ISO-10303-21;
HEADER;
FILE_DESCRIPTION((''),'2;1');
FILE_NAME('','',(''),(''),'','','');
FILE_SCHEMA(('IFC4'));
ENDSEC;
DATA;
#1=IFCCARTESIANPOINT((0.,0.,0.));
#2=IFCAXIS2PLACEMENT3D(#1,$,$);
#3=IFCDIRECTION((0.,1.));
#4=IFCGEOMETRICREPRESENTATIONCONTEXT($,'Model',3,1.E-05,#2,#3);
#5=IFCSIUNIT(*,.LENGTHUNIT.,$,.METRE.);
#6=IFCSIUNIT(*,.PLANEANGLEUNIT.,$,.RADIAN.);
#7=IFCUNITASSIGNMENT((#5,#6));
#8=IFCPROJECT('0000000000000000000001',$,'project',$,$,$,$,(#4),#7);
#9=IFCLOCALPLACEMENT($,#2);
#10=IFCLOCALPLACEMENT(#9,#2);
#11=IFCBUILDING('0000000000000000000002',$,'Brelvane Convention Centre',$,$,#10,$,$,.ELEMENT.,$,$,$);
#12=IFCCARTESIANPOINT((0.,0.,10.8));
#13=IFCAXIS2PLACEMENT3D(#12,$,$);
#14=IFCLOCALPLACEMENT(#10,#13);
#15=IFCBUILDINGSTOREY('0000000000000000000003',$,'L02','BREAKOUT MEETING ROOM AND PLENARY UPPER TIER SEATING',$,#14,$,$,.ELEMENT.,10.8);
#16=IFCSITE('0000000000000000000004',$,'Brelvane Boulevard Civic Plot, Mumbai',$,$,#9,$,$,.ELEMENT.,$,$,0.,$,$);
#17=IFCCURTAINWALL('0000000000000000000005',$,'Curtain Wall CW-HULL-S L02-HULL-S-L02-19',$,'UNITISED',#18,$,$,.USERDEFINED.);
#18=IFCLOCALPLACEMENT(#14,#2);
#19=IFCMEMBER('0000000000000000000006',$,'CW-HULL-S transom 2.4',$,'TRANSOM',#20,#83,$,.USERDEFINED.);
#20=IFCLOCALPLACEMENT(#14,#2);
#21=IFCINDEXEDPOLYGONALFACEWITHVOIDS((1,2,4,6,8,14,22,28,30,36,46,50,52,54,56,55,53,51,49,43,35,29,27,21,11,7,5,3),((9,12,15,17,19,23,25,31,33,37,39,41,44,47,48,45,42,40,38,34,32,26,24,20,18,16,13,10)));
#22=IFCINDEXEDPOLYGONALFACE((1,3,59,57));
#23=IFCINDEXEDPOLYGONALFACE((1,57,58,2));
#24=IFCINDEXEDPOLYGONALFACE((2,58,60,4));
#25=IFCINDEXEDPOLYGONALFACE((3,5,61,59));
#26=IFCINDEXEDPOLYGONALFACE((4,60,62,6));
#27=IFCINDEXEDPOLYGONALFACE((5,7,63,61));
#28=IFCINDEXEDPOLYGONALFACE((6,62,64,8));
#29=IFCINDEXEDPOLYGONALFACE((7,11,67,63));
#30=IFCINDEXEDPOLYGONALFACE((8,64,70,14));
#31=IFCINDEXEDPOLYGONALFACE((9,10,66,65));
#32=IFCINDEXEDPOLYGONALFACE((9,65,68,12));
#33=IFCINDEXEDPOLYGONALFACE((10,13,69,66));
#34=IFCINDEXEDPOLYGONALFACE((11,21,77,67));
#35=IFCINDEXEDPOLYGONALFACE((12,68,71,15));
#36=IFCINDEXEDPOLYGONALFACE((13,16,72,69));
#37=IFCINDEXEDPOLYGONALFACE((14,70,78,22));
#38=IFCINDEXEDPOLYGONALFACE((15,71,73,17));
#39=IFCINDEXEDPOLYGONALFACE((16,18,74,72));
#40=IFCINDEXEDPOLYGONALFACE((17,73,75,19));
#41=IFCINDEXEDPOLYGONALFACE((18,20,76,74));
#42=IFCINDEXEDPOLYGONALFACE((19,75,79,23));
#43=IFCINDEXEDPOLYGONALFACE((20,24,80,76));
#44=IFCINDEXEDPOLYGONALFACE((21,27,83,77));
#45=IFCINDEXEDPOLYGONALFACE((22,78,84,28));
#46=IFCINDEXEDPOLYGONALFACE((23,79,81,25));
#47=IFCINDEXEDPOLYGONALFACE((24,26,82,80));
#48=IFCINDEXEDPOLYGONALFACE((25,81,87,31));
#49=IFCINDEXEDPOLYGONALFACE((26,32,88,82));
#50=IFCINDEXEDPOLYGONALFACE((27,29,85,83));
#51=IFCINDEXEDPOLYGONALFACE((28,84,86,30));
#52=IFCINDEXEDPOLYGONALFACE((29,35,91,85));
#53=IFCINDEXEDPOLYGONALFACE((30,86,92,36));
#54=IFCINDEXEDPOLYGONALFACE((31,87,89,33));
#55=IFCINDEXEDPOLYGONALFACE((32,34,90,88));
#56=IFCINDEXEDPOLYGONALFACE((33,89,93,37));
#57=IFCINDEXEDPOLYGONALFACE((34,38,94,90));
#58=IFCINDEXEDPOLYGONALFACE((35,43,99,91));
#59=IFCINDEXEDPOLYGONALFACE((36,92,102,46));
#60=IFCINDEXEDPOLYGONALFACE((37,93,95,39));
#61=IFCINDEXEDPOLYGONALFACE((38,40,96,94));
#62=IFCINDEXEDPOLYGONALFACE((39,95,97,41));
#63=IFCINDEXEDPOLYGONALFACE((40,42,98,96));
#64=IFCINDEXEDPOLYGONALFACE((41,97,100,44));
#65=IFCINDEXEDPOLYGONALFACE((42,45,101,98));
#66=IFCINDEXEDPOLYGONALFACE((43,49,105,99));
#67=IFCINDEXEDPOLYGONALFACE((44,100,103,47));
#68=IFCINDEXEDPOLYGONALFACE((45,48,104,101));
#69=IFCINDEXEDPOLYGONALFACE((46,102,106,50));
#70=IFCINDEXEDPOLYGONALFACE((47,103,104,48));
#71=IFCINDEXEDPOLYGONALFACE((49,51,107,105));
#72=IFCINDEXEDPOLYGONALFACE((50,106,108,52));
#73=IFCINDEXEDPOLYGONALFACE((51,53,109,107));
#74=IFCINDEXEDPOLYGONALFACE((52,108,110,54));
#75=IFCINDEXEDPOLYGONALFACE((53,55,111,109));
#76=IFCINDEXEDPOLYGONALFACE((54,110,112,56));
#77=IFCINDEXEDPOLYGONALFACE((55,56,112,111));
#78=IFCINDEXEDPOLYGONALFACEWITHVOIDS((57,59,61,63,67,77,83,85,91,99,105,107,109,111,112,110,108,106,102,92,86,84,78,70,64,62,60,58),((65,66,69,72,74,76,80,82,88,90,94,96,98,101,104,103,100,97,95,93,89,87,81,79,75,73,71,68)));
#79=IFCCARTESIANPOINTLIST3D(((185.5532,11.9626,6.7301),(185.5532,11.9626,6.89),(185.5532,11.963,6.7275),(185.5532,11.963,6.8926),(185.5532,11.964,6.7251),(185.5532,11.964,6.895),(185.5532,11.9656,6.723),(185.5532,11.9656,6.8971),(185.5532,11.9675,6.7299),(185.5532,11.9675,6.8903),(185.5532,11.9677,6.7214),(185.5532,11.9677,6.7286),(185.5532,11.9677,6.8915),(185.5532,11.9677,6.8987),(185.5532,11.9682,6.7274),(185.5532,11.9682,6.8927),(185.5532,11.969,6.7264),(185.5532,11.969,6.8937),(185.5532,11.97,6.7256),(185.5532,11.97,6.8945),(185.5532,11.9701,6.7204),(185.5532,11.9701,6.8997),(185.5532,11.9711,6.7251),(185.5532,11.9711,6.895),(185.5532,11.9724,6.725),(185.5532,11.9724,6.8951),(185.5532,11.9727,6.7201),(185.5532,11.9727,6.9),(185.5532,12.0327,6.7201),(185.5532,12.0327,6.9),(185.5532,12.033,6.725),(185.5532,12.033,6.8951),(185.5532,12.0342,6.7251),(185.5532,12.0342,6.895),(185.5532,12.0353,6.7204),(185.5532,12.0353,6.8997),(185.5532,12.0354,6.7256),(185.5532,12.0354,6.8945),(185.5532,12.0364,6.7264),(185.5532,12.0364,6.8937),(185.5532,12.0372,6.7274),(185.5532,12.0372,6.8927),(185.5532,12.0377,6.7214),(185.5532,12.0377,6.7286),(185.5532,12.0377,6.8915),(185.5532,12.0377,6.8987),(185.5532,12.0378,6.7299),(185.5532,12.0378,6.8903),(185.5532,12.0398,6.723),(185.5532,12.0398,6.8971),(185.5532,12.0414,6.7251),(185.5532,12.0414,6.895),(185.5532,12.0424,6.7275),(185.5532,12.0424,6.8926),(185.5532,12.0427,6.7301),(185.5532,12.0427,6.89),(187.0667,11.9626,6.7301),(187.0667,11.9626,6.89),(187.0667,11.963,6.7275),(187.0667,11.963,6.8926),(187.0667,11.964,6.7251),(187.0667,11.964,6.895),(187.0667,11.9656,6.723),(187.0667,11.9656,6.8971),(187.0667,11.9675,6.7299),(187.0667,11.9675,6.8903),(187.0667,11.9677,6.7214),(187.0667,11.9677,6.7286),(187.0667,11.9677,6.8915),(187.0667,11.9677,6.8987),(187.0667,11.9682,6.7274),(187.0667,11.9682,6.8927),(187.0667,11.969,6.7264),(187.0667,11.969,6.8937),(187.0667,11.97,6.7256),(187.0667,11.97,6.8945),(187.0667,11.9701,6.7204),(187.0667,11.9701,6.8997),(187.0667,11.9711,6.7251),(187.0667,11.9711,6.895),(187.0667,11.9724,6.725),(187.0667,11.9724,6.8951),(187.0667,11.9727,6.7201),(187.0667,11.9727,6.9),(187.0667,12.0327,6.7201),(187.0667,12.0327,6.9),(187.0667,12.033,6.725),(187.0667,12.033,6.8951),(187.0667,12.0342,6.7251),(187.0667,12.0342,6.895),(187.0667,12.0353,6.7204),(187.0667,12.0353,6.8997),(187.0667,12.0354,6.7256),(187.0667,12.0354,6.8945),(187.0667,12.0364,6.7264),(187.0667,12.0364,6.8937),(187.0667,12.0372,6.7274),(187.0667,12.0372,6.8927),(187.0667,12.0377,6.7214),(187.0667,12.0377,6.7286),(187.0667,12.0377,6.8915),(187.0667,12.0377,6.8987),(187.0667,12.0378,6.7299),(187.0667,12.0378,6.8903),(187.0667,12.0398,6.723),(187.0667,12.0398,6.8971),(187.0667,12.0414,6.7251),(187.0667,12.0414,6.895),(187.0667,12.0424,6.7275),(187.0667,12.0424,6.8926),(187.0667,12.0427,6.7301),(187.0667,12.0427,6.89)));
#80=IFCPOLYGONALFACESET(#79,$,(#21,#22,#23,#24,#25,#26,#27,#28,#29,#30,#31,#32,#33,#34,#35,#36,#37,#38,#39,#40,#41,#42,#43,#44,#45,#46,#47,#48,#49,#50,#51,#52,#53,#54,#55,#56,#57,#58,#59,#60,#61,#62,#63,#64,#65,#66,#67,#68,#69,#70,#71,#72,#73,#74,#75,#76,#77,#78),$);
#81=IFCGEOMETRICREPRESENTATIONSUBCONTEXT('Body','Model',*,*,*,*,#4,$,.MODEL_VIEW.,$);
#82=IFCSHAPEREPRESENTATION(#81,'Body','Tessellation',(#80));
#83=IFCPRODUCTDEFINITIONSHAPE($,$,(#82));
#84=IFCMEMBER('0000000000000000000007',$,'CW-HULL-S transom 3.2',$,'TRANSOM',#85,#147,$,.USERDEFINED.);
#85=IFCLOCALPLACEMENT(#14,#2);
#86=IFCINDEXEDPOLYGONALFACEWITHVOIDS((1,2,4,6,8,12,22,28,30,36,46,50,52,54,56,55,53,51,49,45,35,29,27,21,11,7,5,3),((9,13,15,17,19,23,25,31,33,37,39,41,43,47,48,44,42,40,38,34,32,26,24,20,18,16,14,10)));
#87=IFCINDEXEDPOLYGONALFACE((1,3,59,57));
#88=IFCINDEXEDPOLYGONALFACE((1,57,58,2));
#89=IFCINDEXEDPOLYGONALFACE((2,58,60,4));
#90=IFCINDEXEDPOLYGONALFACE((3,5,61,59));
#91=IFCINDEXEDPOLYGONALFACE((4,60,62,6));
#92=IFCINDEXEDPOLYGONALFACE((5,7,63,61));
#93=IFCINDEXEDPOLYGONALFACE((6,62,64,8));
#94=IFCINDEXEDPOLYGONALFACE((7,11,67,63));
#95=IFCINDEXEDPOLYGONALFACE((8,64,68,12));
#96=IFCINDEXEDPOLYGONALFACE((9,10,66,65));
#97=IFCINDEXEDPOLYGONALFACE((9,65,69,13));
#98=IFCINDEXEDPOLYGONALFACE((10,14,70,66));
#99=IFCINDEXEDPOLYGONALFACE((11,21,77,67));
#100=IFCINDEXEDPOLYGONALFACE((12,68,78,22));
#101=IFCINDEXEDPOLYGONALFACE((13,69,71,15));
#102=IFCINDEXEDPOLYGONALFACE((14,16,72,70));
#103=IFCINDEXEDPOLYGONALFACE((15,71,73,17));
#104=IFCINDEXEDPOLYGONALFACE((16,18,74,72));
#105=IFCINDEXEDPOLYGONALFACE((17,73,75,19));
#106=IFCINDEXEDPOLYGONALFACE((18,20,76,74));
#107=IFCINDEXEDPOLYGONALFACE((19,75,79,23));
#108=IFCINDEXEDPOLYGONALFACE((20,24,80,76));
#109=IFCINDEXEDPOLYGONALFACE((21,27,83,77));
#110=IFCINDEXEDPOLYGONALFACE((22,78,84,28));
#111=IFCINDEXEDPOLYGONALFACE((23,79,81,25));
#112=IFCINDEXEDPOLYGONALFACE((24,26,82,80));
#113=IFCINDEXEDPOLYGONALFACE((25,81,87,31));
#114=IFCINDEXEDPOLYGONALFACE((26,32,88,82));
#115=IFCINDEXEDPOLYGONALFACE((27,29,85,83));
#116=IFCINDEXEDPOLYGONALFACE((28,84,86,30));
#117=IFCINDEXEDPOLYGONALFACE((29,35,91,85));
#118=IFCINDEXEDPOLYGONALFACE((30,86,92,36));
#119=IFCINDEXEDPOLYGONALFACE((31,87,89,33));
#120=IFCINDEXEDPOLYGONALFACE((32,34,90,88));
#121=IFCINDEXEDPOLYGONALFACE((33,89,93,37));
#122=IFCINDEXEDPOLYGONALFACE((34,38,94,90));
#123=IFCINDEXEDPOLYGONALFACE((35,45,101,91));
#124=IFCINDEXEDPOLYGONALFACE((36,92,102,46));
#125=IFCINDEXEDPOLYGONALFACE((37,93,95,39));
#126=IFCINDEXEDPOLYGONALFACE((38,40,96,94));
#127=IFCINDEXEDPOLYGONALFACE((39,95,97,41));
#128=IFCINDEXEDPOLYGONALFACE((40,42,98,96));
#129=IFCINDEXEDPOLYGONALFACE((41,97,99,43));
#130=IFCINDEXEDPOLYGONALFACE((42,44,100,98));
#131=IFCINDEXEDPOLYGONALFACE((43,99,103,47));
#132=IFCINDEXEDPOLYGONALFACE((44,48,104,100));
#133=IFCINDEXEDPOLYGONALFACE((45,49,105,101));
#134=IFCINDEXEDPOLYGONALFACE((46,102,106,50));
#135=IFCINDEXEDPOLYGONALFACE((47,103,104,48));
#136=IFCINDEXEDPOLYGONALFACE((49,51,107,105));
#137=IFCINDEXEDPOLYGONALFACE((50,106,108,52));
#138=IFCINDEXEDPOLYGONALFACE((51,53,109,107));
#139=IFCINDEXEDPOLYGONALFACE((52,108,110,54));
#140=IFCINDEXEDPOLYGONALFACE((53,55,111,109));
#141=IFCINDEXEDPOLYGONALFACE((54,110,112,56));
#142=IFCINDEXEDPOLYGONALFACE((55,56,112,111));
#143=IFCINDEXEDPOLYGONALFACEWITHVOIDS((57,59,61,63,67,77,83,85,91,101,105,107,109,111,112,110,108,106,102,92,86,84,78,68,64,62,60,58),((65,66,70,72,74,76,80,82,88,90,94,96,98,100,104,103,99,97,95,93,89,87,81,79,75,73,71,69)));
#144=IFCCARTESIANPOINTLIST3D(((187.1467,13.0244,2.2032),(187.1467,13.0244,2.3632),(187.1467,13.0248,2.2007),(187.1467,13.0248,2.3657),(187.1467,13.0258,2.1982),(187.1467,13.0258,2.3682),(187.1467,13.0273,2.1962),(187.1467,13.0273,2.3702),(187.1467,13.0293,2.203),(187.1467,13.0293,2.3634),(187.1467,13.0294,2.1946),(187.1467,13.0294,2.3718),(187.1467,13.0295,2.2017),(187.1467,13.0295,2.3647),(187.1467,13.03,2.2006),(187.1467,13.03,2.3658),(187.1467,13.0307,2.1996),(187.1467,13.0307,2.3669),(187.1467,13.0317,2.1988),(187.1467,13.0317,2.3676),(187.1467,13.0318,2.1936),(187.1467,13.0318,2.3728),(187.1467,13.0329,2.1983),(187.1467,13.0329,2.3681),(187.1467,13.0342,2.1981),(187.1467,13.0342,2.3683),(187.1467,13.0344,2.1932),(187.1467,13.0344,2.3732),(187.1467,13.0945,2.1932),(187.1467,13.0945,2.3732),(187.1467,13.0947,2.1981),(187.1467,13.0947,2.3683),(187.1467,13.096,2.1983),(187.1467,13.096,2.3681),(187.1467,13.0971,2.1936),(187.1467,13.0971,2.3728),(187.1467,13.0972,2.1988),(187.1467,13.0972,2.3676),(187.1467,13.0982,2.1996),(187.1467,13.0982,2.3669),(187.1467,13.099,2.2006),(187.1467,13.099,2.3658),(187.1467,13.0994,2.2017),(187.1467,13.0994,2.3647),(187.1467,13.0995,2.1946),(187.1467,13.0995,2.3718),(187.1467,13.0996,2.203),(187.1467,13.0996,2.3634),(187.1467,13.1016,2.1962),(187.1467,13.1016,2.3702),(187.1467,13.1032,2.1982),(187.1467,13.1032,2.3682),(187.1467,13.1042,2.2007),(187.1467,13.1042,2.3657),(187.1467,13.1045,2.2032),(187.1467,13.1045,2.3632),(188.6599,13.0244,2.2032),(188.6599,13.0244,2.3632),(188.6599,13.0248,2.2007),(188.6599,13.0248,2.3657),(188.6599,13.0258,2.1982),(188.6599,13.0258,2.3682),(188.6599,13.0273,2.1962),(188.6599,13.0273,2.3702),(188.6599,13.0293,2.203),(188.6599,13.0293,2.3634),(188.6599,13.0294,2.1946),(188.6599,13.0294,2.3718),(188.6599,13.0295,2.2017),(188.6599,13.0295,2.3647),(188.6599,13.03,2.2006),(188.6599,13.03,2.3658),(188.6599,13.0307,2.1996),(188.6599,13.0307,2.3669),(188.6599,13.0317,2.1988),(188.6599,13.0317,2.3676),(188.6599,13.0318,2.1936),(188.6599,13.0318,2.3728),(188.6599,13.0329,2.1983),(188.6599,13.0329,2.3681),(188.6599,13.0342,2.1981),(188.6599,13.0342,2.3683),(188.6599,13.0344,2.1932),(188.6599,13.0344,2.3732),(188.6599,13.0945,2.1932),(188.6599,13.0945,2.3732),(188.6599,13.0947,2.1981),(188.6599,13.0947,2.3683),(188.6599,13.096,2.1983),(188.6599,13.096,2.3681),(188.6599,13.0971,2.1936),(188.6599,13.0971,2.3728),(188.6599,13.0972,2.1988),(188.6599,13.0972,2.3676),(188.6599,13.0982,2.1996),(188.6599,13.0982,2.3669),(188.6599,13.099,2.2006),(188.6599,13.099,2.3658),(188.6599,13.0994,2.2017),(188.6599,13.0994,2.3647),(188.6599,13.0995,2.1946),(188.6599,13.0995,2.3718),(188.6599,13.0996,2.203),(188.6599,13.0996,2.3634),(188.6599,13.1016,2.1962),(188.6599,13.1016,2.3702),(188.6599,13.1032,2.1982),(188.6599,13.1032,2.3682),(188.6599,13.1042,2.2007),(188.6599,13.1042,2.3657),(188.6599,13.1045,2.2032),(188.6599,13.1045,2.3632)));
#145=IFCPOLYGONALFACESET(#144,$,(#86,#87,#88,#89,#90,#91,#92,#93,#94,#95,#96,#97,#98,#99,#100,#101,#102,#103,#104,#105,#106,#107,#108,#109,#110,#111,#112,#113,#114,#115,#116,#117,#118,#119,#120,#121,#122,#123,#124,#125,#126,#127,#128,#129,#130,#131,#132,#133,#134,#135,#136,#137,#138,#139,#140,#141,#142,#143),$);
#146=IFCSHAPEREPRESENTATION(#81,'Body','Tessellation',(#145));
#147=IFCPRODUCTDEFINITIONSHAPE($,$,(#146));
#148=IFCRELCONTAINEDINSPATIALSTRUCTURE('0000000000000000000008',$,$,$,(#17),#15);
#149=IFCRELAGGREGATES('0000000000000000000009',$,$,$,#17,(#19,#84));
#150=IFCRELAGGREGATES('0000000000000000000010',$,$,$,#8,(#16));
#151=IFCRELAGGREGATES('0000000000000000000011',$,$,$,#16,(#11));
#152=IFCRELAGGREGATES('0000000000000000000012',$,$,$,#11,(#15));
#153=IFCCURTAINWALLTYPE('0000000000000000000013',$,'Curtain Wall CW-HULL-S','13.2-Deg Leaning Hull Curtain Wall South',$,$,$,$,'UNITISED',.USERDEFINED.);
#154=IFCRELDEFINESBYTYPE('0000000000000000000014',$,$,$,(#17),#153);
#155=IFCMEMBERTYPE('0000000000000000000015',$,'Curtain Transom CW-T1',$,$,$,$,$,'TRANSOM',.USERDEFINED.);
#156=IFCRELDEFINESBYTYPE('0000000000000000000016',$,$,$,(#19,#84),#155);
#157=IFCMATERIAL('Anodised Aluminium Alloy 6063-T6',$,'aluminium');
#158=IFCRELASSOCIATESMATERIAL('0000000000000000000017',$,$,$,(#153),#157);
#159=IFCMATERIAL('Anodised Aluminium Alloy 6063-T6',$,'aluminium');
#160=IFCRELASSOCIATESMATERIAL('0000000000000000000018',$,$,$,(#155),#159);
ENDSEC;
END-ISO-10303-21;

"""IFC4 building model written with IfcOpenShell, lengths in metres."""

from ifc_helpers import new_model, si_unit, direction, frame, origin, origin_2d, place, context, subcontext, project, spatial, hollow_rectangle, extrude, material, material_profile, profile_set, type_object, element, aggregate, save


model = new_model("IFC4")

# Units and contexts
model_context = context("Model", 3, precision=1e-05, world=origin(), true_north=direction((0.0, 1.0)))
body_context = subcontext(model_context, "Body", "Model", "MODEL_VIEW")
ifc_project = project(units=[si_unit("LENGTHUNIT", "METRE"), si_unit("PLANEANGLEUNIT", "RADIAN")], contexts=[model_context])

# Site, building, storey
site_placement = place(None, origin())
site = spatial("IfcSite", under=ifc_project, at=site_placement, Name="Brelvane Boulevard Civic Plot, Mumbai", CompositionType="ELEMENT", RefElevation=0.0)
building_placement = place(site_placement, origin())
building = spatial("IfcBuilding", under=site, at=building_placement, Name="Brelvane Convention Centre", CompositionType="ELEMENT")
storey_placement = place(building_placement, frame((0.0, 0.0, 10.8)))
storey = spatial("IfcBuildingStorey", under=building, at=storey_placement, Name="L02", Description="BREAKOUT MEETING ROOM AND PLENARY UPPER TIER SEATING", CompositionType="ELEMENT", Elevation=10.8)

# Curtain wall, members
ifc_material_1 = material(Name="Anodised Aluminium Alloy 6063-T6", Category="aluminium")
curtain_wall_type = type_object("IfcCurtainWallType", Name="Curtain Wall CW-HULL-S", Description="13.2-Deg Leaning Hull Curtain Wall South", ElementType="UNITISED", PredefinedType="USERDEFINED", material=ifc_material_1)
ifc_material_2 = material(Name="Anodised Aluminium Alloy 6063-T6", Category="aluminium")
ifc_material_profile = material_profile(ifc_material_2, hollow_rectangle(XDim=0.0801, YDim=0.1799, WallThickness=0.0049, InnerFilletRadius=0.0049, OuterFilletRadius=0.01, at=origin_2d()), Name="ALU-T 180x80x5.0")
ifc_profile_set = profile_set([ifc_material_profile], Name="Anodised Aluminium Alloy 6063-T6")
member_type = type_object("IfcMemberType", Name="Curtain Transom CW-T1", ElementType="TRANSOM", PredefinedType="USERDEFINED", material=ifc_profile_set)
curtain_wall_1_placement = place(storey_placement, origin())
curtain_wall_1 = element("IfcCurtainWall", 1, at=curtain_wall_1_placement, inside=storey, type_object=curtain_wall_type, Name="Curtain Wall CW-HULL-S L02-HULL-S-L02-19", ObjectType="UNITISED", PredefinedType="USERDEFINED")
member_1_placement = place(storey_placement, frame((185.5532, 12.0027, 6.8101), z_axis=(1.0, 0.0, 0.0), x_axis=(0.0, 1.0, 0.0)))
member_1 = element("IfcMember", 2, at=member_1_placement, type_object=member_type, Name="CW-HULL-S transom 2.4", ObjectType="TRANSOM", PredefinedType="USERDEFINED", context=body_context, shape_type="SweptSolid", body=[
    extrude(hollow_rectangle(XDim=0.0801, YDim=0.1799, WallThickness=0.0049, InnerFilletRadius=0.0049, OuterFilletRadius=0.01, at=origin_2d()), origin(), (0.0, 0.0, 1.0), 1.5134),
])
member_2_placement = place(storey_placement, frame((187.1467, 13.0645, 2.2832), z_axis=(1.0, 0.0, 0.0), x_axis=(0.0, 1.0, 0.0)))
member_2 = element("IfcMember", 3, at=member_2_placement, type_object=member_type, Name="CW-HULL-S transom 3.2", ObjectType="TRANSOM", PredefinedType="USERDEFINED", context=body_context, shape_type="SweptSolid", body=[
    extrude(hollow_rectangle(XDim=0.0801, YDim=0.1799, WallThickness=0.0049, InnerFilletRadius=0.0049, OuterFilletRadius=0.01, at=origin_2d()), origin(), (0.0, 0.0, 1.0), 1.5132),
])

aggregate(curtain_wall_1, [member_1, member_2])

save(model, "model.ifc")
